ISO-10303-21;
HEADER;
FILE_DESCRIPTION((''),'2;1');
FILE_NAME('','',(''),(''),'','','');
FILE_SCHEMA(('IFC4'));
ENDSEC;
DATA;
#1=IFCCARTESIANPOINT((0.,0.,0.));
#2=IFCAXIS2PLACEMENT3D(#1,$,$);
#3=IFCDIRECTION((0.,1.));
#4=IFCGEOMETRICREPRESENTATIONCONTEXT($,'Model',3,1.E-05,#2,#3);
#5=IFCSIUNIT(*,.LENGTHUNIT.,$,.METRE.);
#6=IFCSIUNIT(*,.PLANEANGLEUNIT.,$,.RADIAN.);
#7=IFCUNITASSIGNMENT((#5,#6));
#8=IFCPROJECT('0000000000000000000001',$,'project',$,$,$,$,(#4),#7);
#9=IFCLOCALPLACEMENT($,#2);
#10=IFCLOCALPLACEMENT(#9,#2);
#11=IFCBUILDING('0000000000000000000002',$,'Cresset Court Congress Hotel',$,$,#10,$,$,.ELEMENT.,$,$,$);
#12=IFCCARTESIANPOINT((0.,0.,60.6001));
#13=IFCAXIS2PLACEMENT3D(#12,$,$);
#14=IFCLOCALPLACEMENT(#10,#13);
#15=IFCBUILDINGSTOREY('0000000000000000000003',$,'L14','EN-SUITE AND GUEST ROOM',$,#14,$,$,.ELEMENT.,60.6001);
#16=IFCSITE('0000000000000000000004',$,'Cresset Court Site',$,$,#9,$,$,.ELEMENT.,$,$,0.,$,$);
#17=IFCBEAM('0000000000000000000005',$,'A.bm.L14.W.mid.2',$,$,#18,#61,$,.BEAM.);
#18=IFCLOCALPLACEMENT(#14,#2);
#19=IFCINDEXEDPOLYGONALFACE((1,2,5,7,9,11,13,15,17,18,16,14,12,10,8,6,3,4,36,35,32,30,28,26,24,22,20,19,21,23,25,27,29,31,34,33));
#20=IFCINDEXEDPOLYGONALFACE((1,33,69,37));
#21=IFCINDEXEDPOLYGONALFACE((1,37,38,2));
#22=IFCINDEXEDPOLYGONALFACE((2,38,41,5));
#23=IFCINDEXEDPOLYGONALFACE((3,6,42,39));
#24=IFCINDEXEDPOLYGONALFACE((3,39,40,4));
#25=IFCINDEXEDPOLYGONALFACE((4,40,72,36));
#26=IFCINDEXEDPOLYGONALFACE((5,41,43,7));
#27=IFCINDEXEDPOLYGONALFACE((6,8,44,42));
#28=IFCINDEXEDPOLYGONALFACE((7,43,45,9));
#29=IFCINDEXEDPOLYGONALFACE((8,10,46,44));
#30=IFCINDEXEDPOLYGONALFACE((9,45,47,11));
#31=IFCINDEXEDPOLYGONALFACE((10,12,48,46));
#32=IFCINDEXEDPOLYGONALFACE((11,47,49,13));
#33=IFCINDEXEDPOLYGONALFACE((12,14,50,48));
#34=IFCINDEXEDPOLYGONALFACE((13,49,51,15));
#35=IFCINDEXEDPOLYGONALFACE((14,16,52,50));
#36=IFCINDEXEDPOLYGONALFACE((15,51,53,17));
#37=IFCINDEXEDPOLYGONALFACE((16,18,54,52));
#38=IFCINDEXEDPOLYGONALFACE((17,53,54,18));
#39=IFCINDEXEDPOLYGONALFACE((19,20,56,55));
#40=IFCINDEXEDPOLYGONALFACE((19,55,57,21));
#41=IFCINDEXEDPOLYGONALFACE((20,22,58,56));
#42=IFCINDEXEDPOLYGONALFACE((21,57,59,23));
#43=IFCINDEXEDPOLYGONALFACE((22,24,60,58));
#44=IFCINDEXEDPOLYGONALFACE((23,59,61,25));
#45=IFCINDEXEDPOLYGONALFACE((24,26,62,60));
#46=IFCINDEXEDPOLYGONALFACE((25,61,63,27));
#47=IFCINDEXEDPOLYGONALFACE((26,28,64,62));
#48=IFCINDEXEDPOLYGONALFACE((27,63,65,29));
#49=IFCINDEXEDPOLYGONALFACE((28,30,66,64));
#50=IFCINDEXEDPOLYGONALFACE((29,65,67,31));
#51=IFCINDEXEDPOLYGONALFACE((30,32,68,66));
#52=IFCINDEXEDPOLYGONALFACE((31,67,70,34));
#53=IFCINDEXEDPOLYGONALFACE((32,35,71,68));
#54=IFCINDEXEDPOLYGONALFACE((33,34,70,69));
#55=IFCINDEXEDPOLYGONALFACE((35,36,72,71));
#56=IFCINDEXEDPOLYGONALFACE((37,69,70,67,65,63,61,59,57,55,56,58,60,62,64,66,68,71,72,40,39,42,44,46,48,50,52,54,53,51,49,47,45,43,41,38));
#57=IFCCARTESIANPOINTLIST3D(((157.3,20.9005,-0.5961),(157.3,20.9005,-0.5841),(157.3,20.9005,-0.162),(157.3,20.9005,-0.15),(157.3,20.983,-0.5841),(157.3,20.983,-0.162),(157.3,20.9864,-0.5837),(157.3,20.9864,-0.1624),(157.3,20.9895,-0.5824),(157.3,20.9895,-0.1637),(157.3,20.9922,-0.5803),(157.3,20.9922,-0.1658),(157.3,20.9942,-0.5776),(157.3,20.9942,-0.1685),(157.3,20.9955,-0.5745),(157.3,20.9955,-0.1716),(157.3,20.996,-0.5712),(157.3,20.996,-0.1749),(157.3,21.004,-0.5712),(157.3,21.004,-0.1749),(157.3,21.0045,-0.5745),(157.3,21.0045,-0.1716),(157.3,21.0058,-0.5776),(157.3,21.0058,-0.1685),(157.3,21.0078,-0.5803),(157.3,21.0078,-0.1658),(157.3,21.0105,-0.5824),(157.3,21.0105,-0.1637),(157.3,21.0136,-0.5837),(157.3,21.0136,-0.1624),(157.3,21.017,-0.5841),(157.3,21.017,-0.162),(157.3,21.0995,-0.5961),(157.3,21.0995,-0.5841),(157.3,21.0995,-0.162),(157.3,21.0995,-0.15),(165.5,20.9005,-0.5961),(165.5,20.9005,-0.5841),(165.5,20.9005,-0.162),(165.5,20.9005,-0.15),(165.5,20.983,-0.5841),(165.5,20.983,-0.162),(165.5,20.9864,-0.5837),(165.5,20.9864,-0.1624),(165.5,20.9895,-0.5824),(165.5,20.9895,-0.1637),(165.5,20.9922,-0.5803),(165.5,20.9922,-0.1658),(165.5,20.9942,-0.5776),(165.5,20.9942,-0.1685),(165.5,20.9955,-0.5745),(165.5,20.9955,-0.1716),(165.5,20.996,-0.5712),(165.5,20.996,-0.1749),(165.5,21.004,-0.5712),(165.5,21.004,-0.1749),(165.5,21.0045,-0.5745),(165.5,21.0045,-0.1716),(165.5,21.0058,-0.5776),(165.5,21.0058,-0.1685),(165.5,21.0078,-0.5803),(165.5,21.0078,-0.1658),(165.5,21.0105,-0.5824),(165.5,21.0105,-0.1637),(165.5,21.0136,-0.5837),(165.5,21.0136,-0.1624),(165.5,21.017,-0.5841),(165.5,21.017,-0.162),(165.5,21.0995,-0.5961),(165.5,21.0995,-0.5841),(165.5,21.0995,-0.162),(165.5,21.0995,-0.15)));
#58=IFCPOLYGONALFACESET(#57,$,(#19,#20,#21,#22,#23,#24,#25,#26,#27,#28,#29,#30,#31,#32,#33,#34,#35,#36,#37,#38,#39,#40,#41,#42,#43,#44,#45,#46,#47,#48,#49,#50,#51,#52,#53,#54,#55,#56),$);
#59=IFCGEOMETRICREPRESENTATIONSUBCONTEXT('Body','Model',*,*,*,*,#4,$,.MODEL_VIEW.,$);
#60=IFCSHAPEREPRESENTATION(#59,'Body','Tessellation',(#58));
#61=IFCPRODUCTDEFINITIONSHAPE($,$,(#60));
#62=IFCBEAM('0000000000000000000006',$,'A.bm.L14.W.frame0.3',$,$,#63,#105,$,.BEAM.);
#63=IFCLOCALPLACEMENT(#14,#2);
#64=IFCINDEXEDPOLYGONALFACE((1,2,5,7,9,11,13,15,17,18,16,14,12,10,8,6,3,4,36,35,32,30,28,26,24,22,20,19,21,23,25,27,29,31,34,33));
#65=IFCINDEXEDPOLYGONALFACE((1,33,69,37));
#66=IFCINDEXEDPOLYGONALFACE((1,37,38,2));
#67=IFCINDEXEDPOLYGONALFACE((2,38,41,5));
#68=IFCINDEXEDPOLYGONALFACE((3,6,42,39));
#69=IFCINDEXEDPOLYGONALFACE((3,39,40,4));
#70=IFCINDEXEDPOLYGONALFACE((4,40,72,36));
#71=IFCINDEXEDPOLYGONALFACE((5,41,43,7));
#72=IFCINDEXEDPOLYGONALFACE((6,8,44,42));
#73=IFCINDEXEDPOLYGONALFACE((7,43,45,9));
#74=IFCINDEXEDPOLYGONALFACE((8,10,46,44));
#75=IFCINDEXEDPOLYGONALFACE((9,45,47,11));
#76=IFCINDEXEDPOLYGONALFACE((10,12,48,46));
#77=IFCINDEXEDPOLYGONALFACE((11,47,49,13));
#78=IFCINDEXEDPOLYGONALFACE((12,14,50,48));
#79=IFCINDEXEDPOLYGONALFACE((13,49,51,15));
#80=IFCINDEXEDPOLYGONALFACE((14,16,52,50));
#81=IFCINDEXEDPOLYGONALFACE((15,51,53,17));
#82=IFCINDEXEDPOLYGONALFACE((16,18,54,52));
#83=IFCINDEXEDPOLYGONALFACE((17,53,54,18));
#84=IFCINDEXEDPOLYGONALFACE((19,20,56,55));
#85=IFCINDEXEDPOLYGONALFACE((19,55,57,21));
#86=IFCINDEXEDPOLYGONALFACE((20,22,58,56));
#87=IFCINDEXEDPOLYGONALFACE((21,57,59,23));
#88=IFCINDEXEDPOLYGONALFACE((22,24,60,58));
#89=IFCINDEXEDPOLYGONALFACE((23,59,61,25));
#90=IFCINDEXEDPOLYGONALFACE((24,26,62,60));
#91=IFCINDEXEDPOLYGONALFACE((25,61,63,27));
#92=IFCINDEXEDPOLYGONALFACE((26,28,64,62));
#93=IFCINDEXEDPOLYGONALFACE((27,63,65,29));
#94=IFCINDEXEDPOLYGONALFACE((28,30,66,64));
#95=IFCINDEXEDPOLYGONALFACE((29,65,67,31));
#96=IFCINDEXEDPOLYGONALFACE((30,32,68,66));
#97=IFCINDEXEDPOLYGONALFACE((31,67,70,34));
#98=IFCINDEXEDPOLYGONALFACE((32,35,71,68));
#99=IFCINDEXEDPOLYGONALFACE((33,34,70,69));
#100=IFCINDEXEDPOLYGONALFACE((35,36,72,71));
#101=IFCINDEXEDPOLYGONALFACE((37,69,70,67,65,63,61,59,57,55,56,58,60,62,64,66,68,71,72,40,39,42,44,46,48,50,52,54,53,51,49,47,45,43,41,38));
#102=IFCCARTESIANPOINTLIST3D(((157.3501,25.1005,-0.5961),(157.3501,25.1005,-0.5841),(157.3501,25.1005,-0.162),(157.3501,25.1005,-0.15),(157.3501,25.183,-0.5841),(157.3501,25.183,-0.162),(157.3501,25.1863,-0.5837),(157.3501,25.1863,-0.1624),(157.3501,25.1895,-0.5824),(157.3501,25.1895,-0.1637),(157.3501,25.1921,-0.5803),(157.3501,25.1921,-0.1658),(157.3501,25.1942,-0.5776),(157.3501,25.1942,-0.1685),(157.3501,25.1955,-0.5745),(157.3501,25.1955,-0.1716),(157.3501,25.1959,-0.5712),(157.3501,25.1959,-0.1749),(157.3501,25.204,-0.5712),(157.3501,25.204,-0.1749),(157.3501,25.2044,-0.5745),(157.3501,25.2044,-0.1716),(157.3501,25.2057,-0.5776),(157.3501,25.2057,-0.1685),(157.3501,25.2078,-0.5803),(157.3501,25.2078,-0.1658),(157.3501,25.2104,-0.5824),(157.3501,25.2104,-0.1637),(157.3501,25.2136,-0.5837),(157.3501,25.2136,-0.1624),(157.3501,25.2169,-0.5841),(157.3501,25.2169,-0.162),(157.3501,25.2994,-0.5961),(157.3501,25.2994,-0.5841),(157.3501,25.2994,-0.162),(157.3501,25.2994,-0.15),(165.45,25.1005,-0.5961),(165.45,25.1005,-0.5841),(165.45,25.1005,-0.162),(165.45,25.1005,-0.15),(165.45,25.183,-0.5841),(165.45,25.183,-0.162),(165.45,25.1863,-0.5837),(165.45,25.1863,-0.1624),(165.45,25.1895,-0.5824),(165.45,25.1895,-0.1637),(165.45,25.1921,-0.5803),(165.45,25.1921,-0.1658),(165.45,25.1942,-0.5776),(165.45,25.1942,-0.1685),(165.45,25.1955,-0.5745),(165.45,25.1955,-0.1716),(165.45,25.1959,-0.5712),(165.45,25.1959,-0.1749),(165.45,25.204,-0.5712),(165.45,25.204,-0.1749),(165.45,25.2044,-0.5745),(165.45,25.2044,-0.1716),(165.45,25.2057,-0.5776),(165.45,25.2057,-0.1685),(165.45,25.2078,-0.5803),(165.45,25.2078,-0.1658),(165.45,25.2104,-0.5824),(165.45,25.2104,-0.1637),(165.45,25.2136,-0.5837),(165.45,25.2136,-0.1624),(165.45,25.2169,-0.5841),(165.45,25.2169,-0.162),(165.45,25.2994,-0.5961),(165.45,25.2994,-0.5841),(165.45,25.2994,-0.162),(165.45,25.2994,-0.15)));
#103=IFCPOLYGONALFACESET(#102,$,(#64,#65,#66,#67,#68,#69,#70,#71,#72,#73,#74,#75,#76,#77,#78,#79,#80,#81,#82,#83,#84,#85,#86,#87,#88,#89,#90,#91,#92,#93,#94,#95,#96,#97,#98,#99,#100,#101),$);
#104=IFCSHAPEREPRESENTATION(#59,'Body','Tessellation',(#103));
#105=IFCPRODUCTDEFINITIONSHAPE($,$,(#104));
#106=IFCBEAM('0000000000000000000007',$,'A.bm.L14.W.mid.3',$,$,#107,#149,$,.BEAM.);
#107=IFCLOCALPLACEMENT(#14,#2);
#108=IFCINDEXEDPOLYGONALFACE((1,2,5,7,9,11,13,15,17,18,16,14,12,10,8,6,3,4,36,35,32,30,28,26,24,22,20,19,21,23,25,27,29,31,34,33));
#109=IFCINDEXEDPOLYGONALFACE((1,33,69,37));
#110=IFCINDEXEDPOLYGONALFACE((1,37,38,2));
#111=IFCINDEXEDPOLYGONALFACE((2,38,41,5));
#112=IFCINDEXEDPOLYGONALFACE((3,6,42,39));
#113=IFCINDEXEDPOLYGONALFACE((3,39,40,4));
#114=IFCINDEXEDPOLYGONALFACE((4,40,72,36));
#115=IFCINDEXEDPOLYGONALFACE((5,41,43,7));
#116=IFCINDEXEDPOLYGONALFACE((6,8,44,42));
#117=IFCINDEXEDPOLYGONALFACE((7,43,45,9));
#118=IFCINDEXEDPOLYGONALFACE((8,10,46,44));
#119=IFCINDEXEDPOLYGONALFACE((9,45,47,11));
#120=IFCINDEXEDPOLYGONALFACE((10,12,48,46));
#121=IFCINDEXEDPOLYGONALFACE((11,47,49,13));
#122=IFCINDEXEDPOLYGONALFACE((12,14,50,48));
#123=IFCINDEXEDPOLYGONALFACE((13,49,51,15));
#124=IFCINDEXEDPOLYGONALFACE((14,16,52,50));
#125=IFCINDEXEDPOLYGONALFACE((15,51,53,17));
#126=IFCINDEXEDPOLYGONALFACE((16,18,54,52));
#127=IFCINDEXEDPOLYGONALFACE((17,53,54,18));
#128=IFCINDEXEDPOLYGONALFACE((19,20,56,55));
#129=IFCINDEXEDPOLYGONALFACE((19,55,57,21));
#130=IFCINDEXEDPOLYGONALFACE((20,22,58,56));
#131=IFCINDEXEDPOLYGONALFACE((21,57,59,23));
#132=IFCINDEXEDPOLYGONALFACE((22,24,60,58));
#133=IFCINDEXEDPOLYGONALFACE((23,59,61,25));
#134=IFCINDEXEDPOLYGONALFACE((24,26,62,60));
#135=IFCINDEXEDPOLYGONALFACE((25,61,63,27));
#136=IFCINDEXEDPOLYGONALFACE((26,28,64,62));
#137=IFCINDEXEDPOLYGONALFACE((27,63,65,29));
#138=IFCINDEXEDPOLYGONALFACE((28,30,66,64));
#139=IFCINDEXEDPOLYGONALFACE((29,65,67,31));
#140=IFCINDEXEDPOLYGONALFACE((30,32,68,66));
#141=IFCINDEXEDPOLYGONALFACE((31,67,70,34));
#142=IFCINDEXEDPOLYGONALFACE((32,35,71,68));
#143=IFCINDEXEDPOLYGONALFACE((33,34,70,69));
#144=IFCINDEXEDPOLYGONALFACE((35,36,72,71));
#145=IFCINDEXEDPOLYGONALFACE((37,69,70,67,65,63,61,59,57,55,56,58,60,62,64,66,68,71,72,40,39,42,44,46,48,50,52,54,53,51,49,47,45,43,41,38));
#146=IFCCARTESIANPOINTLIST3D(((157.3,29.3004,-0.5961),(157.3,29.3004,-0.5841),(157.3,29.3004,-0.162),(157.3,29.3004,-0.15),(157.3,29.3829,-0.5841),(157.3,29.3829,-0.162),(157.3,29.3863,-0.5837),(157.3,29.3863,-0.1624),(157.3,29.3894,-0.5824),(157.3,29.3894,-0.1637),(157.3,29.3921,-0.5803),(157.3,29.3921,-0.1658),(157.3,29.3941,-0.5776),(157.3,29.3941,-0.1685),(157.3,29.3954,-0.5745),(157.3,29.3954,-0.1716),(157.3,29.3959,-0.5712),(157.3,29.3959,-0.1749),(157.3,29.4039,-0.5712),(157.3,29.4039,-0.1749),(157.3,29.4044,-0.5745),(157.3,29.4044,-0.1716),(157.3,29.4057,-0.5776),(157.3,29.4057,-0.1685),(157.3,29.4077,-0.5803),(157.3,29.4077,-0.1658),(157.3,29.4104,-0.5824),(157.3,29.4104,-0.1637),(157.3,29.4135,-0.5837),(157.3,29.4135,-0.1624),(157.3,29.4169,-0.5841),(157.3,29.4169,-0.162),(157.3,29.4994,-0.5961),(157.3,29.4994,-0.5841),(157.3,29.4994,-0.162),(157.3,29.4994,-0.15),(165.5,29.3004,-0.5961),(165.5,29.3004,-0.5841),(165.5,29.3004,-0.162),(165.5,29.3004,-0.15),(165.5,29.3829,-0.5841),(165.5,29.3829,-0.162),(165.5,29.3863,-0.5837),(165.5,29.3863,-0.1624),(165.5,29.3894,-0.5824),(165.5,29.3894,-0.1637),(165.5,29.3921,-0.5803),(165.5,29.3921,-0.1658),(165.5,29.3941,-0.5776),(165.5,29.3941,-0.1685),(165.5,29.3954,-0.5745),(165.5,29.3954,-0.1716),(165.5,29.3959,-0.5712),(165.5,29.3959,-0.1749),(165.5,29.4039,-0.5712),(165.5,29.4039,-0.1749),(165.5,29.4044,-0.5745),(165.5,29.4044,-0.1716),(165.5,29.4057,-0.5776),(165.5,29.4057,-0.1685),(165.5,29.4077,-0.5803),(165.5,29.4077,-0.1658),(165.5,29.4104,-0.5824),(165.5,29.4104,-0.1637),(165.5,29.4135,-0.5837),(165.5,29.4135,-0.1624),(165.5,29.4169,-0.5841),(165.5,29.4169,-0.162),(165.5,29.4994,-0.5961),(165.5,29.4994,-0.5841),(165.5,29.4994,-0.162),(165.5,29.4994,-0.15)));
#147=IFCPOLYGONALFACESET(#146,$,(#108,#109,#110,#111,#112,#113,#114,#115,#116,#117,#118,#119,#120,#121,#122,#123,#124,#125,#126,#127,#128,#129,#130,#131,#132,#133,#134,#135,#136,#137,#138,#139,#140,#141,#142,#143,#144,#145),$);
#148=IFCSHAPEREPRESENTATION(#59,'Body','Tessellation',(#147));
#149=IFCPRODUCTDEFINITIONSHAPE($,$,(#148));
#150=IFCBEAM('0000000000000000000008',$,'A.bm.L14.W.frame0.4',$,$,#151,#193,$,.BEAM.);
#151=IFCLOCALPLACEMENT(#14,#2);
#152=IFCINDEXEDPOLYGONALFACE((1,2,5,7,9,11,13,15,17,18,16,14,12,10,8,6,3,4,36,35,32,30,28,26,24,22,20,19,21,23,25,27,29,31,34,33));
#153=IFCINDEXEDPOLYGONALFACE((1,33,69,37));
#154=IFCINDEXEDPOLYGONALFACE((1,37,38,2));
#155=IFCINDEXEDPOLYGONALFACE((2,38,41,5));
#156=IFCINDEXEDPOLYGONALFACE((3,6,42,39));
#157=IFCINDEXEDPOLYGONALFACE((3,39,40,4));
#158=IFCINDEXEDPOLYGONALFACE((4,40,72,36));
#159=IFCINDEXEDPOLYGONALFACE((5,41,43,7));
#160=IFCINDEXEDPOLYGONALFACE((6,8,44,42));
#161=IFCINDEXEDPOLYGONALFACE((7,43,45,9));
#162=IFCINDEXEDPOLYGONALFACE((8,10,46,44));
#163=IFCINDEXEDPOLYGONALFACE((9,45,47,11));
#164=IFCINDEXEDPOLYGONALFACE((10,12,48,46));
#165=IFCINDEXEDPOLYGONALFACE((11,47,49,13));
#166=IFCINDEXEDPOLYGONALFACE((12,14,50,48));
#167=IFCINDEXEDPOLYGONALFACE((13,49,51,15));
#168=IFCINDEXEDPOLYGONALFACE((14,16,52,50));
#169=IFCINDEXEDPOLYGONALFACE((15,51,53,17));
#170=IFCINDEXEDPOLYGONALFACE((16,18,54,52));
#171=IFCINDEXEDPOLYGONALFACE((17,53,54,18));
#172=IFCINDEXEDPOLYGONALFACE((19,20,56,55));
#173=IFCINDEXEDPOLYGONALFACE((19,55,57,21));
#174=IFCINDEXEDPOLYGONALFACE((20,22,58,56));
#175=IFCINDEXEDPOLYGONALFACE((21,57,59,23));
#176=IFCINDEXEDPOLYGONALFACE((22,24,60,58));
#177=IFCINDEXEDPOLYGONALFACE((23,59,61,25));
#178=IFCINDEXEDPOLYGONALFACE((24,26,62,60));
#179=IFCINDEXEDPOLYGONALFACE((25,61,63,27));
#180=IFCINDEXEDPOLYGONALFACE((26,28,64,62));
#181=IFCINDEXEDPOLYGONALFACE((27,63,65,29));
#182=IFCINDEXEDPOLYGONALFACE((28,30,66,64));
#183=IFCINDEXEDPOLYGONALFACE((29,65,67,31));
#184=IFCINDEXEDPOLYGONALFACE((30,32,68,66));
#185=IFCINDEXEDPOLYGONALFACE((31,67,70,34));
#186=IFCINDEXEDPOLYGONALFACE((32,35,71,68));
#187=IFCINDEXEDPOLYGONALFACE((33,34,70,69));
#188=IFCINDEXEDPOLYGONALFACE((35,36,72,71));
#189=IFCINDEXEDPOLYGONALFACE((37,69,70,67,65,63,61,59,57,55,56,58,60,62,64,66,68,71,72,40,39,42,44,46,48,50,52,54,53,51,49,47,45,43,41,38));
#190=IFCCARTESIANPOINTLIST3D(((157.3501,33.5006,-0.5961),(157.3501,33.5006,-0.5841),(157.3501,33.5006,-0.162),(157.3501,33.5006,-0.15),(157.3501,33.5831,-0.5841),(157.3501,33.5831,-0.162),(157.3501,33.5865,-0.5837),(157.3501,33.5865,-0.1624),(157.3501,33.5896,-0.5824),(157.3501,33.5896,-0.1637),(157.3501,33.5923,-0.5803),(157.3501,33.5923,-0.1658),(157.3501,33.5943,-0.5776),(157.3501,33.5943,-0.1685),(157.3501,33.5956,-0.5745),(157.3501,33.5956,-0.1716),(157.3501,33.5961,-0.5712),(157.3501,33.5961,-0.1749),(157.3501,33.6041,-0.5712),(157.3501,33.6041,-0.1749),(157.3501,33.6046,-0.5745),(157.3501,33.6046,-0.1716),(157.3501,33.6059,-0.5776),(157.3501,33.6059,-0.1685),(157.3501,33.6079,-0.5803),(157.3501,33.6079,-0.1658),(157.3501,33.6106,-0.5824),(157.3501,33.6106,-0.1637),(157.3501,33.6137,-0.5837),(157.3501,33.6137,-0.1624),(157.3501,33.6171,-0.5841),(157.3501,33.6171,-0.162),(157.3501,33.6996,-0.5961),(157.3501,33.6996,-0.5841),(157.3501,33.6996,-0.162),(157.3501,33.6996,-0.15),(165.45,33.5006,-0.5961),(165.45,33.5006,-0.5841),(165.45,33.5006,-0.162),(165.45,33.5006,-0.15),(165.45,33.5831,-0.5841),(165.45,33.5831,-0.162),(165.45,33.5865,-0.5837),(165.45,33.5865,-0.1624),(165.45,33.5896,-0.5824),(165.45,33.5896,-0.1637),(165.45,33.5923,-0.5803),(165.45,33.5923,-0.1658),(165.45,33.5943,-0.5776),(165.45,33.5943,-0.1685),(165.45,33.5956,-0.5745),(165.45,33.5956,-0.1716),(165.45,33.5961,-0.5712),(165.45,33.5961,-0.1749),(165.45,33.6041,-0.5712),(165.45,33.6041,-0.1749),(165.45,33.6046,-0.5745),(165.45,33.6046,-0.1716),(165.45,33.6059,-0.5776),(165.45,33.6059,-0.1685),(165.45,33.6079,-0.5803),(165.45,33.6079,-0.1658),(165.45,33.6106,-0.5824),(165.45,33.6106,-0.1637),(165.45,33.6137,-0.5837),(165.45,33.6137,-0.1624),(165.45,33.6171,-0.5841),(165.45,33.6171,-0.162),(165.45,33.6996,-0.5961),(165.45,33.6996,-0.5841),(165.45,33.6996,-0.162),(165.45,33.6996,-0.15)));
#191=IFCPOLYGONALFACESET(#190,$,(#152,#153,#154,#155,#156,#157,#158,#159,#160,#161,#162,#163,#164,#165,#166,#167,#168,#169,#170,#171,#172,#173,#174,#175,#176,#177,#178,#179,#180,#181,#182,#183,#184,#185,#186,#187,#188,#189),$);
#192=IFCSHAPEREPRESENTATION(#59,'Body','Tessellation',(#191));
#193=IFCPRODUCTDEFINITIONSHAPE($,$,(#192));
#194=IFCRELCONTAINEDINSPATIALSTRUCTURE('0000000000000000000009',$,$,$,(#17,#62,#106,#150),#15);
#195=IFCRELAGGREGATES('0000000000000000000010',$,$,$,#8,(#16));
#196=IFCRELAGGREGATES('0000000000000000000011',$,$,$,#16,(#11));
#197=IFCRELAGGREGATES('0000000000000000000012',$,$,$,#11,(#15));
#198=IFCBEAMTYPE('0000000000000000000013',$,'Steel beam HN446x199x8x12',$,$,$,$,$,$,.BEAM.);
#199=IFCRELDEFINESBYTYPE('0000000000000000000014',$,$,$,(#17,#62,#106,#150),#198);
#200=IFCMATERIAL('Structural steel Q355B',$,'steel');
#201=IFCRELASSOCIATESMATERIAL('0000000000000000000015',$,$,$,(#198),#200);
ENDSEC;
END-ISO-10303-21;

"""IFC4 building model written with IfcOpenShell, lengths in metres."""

from ifc_helpers import new_model, si_unit, direction, frame, origin, origin_2d, place, context, subcontext, project, spatial, i_section, extrude, material, material_profile, profile_set, type_object, element, save


model = new_model("IFC4")

# Units and contexts
model_context = context("Model", 3, precision=1e-05, world=origin(), true_north=direction((0.0, 1.0)))
body_context = subcontext(model_context, "Body", "Model", "MODEL_VIEW")
ifc_project = project(units=[si_unit("LENGTHUNIT", "METRE"), si_unit("PLANEANGLEUNIT", "RADIAN")], contexts=[model_context])

# Site, building, storey
site_placement = place(None, origin())
site = spatial("IfcSite", under=ifc_project, at=site_placement, Name="Cresset Court Site", CompositionType="ELEMENT", RefElevation=0.0)
building_placement = place(site_placement, origin())
building = spatial("IfcBuilding", under=site, at=building_placement, Name="Cresset Court Congress Hotel", CompositionType="ELEMENT")
storey_placement = place(building_placement, frame((0.0, 0.0, 60.6001)))
storey = spatial("IfcBuildingStorey", under=building, at=storey_placement, Name="L14", Description="EN-SUITE AND GUEST ROOM", CompositionType="ELEMENT", Elevation=60.6001)

# Beams
ifc_material_1 = material(Name="Structural steel Q355B", Category="steel")
ifc_material_profile_1 = material_profile(ifc_material_1, i_section(OverallWidth=0.199, OverallDepth=0.446, WebThickness=0.0081, FlangeThickness=0.012, FilletRadius=0.0129, at=origin_2d()), Name="HN446x199x8x12")
ifc_profile_set_1 = profile_set([ifc_material_profile_1], Name="Structural steel Q355B")
beam_type_1 = type_object("IfcBeamType", Name="Steel beam HN446x199x8x12", PredefinedType="BEAM", material=ifc_profile_set_1)
beam_1_placement = place(storey_placement, frame((157.3, 21.0, -0.373), z_axis=(1.0, 0.0, 0.0), x_axis=(0.0, 1.0, 0.0)))
element("IfcBeam", 1, at=beam_1_placement, inside=storey, type_object=beam_type_1, Name="A.bm.L14.W.mid.2", PredefinedType="BEAM", context=body_context, shape_type="SweptSolid", body=[
    extrude(i_section(OverallWidth=0.199, OverallDepth=0.446, WebThickness=0.0081, FlangeThickness=0.012, FilletRadius=0.0129, at=origin_2d()), origin(), (0.0, 0.0, 1.0), 8.2),
])
beam_2_placement = place(storey_placement, frame((157.3501, 25.2, -0.373), z_axis=(1.0, 0.0, 0.0), x_axis=(0.0, 1.0, 0.0)))
element("IfcBeam", 2, at=beam_2_placement, inside=storey, type_object=beam_type_1, Name="A.bm.L14.W.frame0.3", PredefinedType="BEAM", context=body_context, shape_type="SweptSolid", body=[
    extrude(i_section(OverallWidth=0.199, OverallDepth=0.446, WebThickness=0.0081, FlangeThickness=0.012, FilletRadius=0.0129, at=origin_2d()), origin(), (0.0, 0.0, 1.0), 8.0999),
])
beam_3_placement = place(storey_placement, frame((157.3, 29.3999, -0.373), z_axis=(1.0, 0.0, 0.0), x_axis=(0.0, 1.0, 0.0)))
element("IfcBeam", 3, at=beam_3_placement, inside=storey, type_object=beam_type_1, Name="A.bm.L14.W.mid.3", PredefinedType="BEAM", context=body_context, shape_type="SweptSolid", body=[
    extrude(i_section(OverallWidth=0.199, OverallDepth=0.446, WebThickness=0.0081, FlangeThickness=0.012, FilletRadius=0.0129, at=origin_2d()), origin(), (0.0, 0.0, 1.0), 8.2),
])
beam_4_placement = place(storey_placement, frame((157.3501, 33.6001, -0.373), z_axis=(1.0, 0.0, 0.0), x_axis=(0.0, 1.0, 0.0)))
element("IfcBeam", 4, at=beam_4_placement, inside=storey, type_object=beam_type_1, Name="A.bm.L14.W.frame0.4", PredefinedType="BEAM", context=body_context, shape_type="SweptSolid", body=[
    extrude(i_section(OverallWidth=0.199, OverallDepth=0.446, WebThickness=0.0081, FlangeThickness=0.012, FilletRadius=0.0129, at=origin_2d()), origin(), (0.0, 0.0, 1.0), 8.0999),
])

save(model, "model.ifc")
